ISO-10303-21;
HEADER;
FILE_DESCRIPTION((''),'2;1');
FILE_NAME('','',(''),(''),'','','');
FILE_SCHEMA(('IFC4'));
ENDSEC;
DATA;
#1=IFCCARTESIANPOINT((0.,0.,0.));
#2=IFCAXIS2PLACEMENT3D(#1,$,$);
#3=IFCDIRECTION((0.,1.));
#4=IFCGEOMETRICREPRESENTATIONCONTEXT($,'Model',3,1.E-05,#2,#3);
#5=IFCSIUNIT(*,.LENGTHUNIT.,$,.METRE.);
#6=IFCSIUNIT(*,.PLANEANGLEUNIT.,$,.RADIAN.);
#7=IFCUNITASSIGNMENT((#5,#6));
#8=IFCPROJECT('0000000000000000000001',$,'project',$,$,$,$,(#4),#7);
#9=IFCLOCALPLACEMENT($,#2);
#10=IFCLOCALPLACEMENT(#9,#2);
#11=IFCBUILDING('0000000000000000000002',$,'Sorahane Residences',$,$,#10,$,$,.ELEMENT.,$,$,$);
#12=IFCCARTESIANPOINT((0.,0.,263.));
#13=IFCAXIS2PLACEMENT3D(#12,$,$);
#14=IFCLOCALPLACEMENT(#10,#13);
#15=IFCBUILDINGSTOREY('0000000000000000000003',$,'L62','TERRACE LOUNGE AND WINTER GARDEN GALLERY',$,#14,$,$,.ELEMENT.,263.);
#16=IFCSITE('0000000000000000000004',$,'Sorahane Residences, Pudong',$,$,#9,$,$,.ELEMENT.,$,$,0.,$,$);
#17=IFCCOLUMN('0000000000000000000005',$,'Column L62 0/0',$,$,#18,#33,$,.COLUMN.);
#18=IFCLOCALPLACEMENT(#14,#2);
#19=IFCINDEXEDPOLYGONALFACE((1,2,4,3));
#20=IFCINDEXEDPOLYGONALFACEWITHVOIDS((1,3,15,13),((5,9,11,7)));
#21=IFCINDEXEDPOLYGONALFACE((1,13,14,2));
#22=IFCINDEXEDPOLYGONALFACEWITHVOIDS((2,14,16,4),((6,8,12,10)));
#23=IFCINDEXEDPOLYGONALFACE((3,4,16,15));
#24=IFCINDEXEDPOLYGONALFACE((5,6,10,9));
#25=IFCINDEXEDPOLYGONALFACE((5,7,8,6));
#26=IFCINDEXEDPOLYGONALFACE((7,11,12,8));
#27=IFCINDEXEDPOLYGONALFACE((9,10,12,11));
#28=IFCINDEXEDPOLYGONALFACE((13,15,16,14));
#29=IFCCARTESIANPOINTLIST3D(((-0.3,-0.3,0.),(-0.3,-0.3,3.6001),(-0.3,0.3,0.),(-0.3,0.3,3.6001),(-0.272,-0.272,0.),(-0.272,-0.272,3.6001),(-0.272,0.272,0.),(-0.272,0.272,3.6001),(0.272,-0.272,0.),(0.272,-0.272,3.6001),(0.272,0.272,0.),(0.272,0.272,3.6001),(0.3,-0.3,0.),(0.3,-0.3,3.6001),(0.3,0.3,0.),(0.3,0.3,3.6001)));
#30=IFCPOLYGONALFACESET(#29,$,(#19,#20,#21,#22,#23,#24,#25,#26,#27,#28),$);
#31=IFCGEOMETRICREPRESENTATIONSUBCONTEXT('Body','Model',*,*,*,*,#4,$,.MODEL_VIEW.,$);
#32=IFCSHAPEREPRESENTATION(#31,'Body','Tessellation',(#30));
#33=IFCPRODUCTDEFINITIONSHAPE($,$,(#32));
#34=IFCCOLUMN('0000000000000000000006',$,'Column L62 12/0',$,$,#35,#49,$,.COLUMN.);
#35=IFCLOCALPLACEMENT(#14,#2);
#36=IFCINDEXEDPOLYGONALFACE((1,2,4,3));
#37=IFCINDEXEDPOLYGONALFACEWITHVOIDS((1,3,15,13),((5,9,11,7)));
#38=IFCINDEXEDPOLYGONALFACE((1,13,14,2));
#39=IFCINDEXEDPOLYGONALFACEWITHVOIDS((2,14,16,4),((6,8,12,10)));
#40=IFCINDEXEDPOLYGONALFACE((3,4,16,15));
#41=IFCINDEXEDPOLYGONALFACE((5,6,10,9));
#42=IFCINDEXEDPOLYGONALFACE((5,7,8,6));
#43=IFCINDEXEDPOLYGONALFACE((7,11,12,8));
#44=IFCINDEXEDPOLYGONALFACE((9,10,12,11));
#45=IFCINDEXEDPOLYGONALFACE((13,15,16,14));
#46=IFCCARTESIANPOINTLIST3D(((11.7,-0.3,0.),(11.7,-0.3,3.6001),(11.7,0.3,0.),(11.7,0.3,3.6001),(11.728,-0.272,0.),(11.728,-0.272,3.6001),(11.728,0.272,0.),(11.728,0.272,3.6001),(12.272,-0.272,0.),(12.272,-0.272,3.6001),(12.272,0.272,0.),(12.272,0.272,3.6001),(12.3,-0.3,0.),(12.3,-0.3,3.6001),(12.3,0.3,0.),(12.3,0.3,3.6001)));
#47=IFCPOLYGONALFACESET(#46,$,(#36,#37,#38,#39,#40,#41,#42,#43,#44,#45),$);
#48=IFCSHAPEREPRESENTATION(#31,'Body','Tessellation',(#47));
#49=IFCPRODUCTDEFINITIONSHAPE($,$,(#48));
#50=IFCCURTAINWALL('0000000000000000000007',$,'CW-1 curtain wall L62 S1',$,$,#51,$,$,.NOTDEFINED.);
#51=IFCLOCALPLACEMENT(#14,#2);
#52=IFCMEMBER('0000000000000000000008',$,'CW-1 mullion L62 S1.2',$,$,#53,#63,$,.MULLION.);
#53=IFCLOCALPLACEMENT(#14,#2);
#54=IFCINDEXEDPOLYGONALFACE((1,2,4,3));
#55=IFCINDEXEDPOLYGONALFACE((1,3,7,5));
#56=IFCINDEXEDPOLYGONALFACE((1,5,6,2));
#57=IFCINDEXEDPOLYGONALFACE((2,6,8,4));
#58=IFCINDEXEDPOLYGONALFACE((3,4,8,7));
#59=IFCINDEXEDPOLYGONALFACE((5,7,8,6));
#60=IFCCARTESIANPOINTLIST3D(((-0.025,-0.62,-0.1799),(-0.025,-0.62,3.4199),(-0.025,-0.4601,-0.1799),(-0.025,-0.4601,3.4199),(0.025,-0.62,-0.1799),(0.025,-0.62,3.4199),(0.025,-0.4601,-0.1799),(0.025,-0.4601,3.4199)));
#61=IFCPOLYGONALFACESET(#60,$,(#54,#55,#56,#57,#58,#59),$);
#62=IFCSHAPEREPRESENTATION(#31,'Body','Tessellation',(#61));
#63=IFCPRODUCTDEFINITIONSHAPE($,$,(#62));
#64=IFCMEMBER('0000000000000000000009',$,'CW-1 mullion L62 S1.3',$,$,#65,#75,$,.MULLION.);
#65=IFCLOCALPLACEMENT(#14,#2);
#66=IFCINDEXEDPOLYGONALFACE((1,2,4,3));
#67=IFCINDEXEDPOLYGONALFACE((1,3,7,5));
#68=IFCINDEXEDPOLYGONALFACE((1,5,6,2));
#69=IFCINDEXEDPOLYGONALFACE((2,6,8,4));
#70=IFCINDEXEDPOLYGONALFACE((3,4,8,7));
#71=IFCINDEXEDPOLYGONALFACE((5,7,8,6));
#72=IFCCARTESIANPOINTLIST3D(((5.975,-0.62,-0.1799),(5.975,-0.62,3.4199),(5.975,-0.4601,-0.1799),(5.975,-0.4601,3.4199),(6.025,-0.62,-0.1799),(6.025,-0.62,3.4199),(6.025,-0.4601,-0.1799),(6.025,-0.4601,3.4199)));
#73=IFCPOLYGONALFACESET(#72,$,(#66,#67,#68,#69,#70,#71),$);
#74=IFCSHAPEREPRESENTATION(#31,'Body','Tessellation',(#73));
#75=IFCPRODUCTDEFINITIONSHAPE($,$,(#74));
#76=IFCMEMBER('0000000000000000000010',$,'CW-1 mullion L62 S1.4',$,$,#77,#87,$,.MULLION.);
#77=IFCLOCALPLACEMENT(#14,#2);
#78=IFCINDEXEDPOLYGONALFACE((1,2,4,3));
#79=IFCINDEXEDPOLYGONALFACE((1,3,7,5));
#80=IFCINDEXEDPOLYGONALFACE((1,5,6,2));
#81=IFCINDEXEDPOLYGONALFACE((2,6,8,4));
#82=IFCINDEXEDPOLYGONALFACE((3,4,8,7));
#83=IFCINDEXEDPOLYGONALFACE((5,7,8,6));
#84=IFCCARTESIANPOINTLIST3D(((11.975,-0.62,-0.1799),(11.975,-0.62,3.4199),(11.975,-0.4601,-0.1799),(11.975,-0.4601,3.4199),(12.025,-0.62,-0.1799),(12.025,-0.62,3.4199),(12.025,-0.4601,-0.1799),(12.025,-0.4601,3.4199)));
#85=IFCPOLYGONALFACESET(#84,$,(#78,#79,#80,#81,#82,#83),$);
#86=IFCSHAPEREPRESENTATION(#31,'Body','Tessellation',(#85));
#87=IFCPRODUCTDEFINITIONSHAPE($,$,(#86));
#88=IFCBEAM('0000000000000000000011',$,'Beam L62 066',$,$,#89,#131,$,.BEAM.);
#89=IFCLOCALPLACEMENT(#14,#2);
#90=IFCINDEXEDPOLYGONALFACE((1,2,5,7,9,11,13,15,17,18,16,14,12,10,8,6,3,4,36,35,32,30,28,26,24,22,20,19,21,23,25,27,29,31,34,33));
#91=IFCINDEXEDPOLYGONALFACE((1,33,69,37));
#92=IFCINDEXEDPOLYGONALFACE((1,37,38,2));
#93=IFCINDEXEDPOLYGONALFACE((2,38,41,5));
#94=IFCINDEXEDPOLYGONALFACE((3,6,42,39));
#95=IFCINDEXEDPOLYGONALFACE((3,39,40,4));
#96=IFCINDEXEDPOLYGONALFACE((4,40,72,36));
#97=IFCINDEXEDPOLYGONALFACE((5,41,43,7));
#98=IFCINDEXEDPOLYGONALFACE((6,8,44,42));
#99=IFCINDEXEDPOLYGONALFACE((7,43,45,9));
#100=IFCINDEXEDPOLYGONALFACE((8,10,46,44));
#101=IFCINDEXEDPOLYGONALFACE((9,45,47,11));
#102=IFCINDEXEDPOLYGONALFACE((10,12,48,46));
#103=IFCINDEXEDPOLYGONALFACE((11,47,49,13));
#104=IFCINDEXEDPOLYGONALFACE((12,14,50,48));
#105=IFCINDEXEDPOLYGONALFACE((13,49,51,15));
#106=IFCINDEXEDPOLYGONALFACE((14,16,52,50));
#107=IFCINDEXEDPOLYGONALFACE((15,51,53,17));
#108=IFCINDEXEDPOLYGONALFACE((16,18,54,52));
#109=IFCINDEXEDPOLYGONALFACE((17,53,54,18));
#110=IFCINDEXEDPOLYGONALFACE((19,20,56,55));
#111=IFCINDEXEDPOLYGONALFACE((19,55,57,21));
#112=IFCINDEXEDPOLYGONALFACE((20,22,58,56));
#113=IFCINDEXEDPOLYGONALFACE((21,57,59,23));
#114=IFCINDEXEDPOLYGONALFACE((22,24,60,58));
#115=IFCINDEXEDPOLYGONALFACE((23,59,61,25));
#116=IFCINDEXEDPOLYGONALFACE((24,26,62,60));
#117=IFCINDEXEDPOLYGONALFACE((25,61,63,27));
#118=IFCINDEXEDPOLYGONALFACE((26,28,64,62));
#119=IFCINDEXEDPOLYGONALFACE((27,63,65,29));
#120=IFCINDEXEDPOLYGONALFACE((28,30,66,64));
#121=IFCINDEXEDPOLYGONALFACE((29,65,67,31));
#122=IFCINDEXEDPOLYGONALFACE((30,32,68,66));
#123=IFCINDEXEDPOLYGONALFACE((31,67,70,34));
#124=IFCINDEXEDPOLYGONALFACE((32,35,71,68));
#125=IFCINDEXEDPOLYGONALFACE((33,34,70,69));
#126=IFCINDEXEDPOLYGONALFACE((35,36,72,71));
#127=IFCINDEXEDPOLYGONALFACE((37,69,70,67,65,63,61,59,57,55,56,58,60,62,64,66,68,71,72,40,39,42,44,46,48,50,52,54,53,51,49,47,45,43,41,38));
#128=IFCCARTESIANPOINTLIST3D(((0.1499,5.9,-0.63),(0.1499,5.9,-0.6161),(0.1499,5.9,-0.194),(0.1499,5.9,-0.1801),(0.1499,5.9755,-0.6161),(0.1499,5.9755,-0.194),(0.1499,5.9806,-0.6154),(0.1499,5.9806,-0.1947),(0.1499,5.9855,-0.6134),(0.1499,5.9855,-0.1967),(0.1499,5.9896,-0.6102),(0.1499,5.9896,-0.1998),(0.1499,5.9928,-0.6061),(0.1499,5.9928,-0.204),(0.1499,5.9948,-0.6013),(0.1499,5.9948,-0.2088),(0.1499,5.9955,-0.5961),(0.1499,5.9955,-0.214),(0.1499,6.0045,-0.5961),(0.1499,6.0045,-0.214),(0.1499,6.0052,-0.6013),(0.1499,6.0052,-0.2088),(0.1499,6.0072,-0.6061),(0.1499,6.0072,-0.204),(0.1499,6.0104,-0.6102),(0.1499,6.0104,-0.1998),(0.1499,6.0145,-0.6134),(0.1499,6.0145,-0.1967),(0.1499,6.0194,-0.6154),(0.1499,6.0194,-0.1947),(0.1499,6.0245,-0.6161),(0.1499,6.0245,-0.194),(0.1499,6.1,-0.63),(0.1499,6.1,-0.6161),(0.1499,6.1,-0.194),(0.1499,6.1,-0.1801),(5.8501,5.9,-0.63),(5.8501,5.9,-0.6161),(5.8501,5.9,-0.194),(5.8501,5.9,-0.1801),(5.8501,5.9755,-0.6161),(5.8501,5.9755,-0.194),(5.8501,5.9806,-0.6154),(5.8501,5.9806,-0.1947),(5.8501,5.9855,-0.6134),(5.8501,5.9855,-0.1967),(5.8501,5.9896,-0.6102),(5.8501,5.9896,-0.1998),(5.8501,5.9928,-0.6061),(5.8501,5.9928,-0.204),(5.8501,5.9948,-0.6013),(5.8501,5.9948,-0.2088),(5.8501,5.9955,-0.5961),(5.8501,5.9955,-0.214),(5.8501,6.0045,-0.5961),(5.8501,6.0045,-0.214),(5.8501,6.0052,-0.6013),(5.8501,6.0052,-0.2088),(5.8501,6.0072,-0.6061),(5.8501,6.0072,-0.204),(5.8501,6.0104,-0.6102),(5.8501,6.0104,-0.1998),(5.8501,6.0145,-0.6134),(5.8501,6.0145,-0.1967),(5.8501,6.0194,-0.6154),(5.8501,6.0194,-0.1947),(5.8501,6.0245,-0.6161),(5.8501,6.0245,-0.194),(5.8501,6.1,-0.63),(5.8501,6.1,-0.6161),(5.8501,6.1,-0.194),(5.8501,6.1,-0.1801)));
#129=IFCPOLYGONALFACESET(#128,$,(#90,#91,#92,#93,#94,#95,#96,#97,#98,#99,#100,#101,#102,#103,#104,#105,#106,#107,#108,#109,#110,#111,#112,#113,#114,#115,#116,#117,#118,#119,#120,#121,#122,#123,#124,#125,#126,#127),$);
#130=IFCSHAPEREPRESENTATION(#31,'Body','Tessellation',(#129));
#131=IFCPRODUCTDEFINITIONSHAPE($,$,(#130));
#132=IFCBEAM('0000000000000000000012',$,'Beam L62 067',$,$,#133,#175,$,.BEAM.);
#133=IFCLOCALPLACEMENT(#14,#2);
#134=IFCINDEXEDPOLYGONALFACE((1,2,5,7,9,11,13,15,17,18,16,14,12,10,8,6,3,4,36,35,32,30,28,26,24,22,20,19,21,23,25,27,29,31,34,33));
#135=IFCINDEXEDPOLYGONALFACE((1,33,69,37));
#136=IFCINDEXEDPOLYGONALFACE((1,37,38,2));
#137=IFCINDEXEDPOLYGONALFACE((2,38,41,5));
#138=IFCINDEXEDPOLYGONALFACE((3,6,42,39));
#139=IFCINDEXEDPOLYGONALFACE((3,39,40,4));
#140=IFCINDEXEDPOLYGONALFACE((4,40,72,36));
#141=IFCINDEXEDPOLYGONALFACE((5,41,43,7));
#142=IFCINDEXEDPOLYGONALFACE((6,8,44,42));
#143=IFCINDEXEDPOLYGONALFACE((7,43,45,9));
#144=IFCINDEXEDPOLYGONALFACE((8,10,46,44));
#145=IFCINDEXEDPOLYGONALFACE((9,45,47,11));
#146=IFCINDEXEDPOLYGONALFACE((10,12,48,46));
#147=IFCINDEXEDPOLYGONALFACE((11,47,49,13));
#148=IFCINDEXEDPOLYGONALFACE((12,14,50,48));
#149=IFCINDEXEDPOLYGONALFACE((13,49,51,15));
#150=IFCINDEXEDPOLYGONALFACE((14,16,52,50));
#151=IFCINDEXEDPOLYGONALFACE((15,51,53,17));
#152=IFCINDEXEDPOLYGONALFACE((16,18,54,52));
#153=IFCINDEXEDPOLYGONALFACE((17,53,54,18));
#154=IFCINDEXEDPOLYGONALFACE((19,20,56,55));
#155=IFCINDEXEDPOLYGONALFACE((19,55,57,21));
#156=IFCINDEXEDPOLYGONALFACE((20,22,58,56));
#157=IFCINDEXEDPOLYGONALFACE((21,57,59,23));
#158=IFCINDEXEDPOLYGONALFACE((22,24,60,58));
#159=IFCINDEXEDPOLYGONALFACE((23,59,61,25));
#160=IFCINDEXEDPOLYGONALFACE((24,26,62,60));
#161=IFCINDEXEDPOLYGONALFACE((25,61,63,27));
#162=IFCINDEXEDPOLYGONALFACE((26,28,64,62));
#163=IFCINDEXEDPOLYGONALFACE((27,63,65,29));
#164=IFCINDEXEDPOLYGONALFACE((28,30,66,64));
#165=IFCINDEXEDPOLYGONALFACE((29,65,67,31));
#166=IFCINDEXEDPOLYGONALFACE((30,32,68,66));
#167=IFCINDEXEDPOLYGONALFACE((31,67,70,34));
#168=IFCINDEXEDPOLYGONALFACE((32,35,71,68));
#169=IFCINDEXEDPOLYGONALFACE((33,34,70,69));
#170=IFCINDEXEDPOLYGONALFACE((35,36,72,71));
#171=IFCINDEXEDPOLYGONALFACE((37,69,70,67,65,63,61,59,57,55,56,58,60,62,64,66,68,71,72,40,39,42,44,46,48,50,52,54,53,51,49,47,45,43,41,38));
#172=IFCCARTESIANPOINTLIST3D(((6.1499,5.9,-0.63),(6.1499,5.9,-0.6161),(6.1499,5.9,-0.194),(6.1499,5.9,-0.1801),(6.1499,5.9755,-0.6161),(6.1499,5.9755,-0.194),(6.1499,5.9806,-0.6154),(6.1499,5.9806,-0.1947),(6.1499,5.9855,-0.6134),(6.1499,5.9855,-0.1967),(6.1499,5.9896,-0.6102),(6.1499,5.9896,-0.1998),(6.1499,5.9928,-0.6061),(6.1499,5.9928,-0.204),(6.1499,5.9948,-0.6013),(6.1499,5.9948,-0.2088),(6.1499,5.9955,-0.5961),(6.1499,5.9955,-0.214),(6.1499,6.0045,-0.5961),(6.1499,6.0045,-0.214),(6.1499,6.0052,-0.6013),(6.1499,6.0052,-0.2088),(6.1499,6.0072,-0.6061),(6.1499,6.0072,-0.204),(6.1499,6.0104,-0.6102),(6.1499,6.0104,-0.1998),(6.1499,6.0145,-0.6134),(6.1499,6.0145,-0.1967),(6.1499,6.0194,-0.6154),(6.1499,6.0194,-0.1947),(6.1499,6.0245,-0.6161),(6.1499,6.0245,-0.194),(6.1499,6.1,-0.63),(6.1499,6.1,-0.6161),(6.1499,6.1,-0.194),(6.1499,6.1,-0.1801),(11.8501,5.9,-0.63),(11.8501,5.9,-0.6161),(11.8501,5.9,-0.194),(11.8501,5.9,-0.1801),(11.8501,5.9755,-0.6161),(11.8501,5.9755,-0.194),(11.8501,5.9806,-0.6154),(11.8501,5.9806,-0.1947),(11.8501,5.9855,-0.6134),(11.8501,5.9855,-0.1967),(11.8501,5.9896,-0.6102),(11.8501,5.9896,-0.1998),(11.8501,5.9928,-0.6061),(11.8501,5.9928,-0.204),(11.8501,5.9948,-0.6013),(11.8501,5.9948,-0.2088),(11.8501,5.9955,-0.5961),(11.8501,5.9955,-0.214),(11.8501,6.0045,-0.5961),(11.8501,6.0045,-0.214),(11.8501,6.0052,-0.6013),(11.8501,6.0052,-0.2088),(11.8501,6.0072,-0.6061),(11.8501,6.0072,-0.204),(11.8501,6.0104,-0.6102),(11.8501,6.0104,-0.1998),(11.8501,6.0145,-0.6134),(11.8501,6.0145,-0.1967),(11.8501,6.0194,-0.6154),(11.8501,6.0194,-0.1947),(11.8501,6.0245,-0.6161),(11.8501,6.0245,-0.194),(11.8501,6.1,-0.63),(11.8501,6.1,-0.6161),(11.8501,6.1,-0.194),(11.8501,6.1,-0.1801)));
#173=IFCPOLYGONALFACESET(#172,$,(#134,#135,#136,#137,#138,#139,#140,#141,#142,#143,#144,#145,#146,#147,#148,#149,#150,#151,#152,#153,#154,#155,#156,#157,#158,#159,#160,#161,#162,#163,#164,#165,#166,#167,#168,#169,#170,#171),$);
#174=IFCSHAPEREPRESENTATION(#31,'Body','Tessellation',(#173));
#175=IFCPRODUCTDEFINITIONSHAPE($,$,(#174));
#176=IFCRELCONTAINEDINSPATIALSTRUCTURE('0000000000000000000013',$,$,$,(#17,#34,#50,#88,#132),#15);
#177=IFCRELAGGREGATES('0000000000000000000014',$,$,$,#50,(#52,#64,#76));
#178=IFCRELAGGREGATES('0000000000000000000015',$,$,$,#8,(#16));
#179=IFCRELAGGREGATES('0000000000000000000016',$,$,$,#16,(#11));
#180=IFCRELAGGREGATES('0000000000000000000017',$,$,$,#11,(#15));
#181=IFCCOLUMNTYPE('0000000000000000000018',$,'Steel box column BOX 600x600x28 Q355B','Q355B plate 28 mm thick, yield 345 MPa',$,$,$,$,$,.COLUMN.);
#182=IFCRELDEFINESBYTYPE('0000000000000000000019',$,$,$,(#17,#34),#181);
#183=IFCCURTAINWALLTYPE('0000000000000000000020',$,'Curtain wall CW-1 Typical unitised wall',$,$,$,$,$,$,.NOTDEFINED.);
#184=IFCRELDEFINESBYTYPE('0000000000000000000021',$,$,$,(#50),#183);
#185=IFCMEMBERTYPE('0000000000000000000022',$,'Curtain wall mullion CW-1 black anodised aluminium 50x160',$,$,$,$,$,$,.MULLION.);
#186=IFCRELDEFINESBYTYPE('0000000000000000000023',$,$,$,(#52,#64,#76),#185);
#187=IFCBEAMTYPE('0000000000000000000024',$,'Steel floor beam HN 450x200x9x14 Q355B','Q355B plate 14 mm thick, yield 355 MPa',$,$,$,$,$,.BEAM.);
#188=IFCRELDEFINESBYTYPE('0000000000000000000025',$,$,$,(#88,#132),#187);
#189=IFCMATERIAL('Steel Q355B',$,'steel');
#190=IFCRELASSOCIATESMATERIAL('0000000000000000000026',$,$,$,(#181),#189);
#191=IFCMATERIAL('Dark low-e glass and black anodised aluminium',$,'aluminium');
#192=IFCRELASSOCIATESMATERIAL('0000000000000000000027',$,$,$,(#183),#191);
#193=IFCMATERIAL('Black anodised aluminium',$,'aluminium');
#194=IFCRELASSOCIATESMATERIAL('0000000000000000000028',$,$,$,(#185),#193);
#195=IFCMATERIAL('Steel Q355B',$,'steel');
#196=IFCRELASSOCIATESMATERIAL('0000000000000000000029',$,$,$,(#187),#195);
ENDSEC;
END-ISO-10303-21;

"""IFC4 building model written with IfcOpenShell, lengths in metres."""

from ifc_helpers import new_model, si_unit, direction, frame, origin, origin_2d, place, context, subcontext, project, spatial, rectangle, hollow_rectangle, i_section, extrude, material, material_profile, profile_set, type_object, element, aggregate, save


model = new_model("IFC4")

# Units and contexts
model_context = context("Model", 3, precision=1e-05, world=origin(), true_north=direction((0.0, 1.0)))
body_context = subcontext(model_context, "Body", "Model", "MODEL_VIEW")
ifc_project = project(units=[si_unit("LENGTHUNIT", "METRE"), si_unit("PLANEANGLEUNIT", "RADIAN")], contexts=[model_context])

# Site, building, storey
site_placement = place(None, origin())
site = spatial("IfcSite", under=ifc_project, at=site_placement, Name="Sorahane Residences, Pudong", CompositionType="ELEMENT", RefElevation=0.0)
building_placement = place(site_placement, origin())
building = spatial("IfcBuilding", under=site, at=building_placement, Name="Sorahane Residences", CompositionType="ELEMENT")
storey_placement = place(building_placement, frame((0.0, 0.0, 263.0)))
storey = spatial("IfcBuildingStorey", under=building, at=storey_placement, Name="L62", Description="TERRACE LOUNGE AND WINTER GARDEN GALLERY", CompositionType="ELEMENT", Elevation=263.0)

# Columns
ifc_material_1 = material(Name="Steel Q355B", Category="steel")
ifc_material_profile_1 = material_profile(ifc_material_1, hollow_rectangle(XDim=0.6001, YDim=0.6001, WallThickness=0.0281, at=origin_2d()), Name="BOX 600x600x28")
ifc_profile_set_1 = profile_set([ifc_material_profile_1], Name="Steel Q355B")
column_type = type_object("IfcColumnType", Name="Steel box column BOX 600x600x28 Q355B", Description="Q355B plate 28 mm thick, yield 345 MPa", PredefinedType="COLUMN", material=ifc_profile_set_1)
for number, where, z_axis, x_axis, name in (
    (1, (0.0, 0.0, 0.0), (0.0, 0.0, 1.0), (1.0, 0.0, 0.0), "Column L62 0/0"),
    (2, (12.0, 0.0, 0.0), (0.0, 0.0, 1.0), (1.0, 0.0, 0.0), "Column L62 12/0"),
):
    element("IfcColumn", number, at=place(storey_placement, frame(where, z_axis=z_axis, x_axis=x_axis)), inside=storey, type_object=column_type, Name=name, PredefinedType="COLUMN", context=body_context, shape_type="SweptSolid", body=[
        extrude(hollow_rectangle(XDim=0.6001, YDim=0.6001, WallThickness=0.0281, at=origin_2d()), origin(), (0.0, 0.0, 1.0), 3.6001),
    ])

# Curtain wall, members
ifc_material_2 = material(Name="Dark low-e glass and black anodised aluminium", Category="aluminium")
curtain_wall_type = type_object("IfcCurtainWallType", Name="Curtain wall CW-1 Typical unitised wall", PredefinedType="NOTDEFINED", material=ifc_material_2)
curtain_wall_placement = place(storey_placement, origin())
curtain_wall = element("IfcCurtainWall", 3, at=curtain_wall_placement, inside=storey, type_object=curtain_wall_type, Name="CW-1 curtain wall L62 S1", PredefinedType="NOTDEFINED")
ifc_material_3 = material(Name="Black anodised aluminium", Category="aluminium")
ifc_material_profile_2 = material_profile(ifc_material_3, rectangle(XDim=0.1599, YDim=0.05, at=origin_2d()), Name="Curtain wall mullion CW-1 black anodised aluminium 50x160")
ifc_profile_set_2 = profile_set([ifc_material_profile_2], Name="Black anodised aluminium")
member_type = type_object("IfcMemberType", Name="Curtain wall mullion CW-1 black anodised aluminium 50x160", PredefinedType="MULLION", material=ifc_profile_set_2)
member_1_placement = place(storey_placement, frame((0.0, -0.54, -0.1799), z_axis=(0.0, 0.0, 1.0), x_axis=(0.0, -1.0, 0.0)))
member_1 = element("IfcMember", 4, at=member_1_placement, type_object=member_type, Name="CW-1 mullion L62 S1.2", PredefinedType="MULLION", context=body_context, shape_type="SweptSolid", body=[
    extrude(rectangle(XDim=0.1599, YDim=0.05, at=origin_2d()), origin(), (0.0, 0.0, 1.0), 3.5999),
])
member_2_placement = place(storey_placement, frame((6.0, -0.54, -0.1799), z_axis=(0.0, 0.0, 1.0), x_axis=(0.0, -1.0, 0.0)))
member_2 = element("IfcMember", 5, at=member_2_placement, type_object=member_type, Name="CW-1 mullion L62 S1.3", PredefinedType="MULLION", context=body_context, shape_type="SweptSolid", body=[
    extrude(rectangle(XDim=0.1599, YDim=0.05, at=origin_2d()), origin(), (0.0, 0.0, 1.0), 3.5999),
])
member_3_placement = place(storey_placement, frame((12.0, -0.54, -0.1799), z_axis=(0.0, 0.0, 1.0), x_axis=(0.0, -1.0, 0.0)))
member_3 = element("IfcMember", 6, at=member_3_placement, type_object=member_type, Name="CW-1 mullion L62 S1.4", PredefinedType="MULLION", context=body_context, shape_type="SweptSolid", body=[
    extrude(rectangle(XDim=0.1599, YDim=0.05, at=origin_2d()), origin(), (0.0, 0.0, 1.0), 3.5999),
])

# Beams
ifc_material_4 = material(Name="Steel Q355B", Category="steel")
ifc_material_profile_3 = material_profile(ifc_material_4, i_section(OverallWidth=0.2, OverallDepth=0.45, WebThickness=0.009, FlangeThickness=0.0139, FilletRadius=0.02, at=origin_2d()), Name="HN 450x200x9x14")
ifc_profile_set_3 = profile_set([ifc_material_profile_3], Name="Steel Q355B")
beam_type_1 = type_object("IfcBeamType", Name="Steel floor beam HN 450x200x9x14 Q355B", Description="Q355B plate 14 mm thick, yield 355 MPa", PredefinedType="BEAM", material=ifc_profile_set_3)
for number, where, z_axis, x_axis, name in (
    (7, (0.1499, 6.0, -0.405), (1.0, 0.0, 0.0), (0.0, 1.0, 0.0), "Beam L62 066"),
    (8, (6.1499, 6.0, -0.405), (1.0, 0.0, 0.0), (0.0, 1.0, 0.0), "Beam L62 067"),
):
    element("IfcBeam", number, at=place(storey_placement, frame(where, z_axis=z_axis, x_axis=x_axis)), inside=storey, type_object=beam_type_1, Name=name, PredefinedType="BEAM", context=body_context, shape_type="SweptSolid", body=[
        extrude(i_section(OverallWidth=0.2, OverallDepth=0.45, WebThickness=0.009, FlangeThickness=0.0139, FilletRadius=0.02, at=origin_2d()), origin(), (0.0, 0.0, 1.0), 5.7002),
    ])

aggregate(curtain_wall, [member_1, member_2, member_3])

save(model, "model.ifc")
